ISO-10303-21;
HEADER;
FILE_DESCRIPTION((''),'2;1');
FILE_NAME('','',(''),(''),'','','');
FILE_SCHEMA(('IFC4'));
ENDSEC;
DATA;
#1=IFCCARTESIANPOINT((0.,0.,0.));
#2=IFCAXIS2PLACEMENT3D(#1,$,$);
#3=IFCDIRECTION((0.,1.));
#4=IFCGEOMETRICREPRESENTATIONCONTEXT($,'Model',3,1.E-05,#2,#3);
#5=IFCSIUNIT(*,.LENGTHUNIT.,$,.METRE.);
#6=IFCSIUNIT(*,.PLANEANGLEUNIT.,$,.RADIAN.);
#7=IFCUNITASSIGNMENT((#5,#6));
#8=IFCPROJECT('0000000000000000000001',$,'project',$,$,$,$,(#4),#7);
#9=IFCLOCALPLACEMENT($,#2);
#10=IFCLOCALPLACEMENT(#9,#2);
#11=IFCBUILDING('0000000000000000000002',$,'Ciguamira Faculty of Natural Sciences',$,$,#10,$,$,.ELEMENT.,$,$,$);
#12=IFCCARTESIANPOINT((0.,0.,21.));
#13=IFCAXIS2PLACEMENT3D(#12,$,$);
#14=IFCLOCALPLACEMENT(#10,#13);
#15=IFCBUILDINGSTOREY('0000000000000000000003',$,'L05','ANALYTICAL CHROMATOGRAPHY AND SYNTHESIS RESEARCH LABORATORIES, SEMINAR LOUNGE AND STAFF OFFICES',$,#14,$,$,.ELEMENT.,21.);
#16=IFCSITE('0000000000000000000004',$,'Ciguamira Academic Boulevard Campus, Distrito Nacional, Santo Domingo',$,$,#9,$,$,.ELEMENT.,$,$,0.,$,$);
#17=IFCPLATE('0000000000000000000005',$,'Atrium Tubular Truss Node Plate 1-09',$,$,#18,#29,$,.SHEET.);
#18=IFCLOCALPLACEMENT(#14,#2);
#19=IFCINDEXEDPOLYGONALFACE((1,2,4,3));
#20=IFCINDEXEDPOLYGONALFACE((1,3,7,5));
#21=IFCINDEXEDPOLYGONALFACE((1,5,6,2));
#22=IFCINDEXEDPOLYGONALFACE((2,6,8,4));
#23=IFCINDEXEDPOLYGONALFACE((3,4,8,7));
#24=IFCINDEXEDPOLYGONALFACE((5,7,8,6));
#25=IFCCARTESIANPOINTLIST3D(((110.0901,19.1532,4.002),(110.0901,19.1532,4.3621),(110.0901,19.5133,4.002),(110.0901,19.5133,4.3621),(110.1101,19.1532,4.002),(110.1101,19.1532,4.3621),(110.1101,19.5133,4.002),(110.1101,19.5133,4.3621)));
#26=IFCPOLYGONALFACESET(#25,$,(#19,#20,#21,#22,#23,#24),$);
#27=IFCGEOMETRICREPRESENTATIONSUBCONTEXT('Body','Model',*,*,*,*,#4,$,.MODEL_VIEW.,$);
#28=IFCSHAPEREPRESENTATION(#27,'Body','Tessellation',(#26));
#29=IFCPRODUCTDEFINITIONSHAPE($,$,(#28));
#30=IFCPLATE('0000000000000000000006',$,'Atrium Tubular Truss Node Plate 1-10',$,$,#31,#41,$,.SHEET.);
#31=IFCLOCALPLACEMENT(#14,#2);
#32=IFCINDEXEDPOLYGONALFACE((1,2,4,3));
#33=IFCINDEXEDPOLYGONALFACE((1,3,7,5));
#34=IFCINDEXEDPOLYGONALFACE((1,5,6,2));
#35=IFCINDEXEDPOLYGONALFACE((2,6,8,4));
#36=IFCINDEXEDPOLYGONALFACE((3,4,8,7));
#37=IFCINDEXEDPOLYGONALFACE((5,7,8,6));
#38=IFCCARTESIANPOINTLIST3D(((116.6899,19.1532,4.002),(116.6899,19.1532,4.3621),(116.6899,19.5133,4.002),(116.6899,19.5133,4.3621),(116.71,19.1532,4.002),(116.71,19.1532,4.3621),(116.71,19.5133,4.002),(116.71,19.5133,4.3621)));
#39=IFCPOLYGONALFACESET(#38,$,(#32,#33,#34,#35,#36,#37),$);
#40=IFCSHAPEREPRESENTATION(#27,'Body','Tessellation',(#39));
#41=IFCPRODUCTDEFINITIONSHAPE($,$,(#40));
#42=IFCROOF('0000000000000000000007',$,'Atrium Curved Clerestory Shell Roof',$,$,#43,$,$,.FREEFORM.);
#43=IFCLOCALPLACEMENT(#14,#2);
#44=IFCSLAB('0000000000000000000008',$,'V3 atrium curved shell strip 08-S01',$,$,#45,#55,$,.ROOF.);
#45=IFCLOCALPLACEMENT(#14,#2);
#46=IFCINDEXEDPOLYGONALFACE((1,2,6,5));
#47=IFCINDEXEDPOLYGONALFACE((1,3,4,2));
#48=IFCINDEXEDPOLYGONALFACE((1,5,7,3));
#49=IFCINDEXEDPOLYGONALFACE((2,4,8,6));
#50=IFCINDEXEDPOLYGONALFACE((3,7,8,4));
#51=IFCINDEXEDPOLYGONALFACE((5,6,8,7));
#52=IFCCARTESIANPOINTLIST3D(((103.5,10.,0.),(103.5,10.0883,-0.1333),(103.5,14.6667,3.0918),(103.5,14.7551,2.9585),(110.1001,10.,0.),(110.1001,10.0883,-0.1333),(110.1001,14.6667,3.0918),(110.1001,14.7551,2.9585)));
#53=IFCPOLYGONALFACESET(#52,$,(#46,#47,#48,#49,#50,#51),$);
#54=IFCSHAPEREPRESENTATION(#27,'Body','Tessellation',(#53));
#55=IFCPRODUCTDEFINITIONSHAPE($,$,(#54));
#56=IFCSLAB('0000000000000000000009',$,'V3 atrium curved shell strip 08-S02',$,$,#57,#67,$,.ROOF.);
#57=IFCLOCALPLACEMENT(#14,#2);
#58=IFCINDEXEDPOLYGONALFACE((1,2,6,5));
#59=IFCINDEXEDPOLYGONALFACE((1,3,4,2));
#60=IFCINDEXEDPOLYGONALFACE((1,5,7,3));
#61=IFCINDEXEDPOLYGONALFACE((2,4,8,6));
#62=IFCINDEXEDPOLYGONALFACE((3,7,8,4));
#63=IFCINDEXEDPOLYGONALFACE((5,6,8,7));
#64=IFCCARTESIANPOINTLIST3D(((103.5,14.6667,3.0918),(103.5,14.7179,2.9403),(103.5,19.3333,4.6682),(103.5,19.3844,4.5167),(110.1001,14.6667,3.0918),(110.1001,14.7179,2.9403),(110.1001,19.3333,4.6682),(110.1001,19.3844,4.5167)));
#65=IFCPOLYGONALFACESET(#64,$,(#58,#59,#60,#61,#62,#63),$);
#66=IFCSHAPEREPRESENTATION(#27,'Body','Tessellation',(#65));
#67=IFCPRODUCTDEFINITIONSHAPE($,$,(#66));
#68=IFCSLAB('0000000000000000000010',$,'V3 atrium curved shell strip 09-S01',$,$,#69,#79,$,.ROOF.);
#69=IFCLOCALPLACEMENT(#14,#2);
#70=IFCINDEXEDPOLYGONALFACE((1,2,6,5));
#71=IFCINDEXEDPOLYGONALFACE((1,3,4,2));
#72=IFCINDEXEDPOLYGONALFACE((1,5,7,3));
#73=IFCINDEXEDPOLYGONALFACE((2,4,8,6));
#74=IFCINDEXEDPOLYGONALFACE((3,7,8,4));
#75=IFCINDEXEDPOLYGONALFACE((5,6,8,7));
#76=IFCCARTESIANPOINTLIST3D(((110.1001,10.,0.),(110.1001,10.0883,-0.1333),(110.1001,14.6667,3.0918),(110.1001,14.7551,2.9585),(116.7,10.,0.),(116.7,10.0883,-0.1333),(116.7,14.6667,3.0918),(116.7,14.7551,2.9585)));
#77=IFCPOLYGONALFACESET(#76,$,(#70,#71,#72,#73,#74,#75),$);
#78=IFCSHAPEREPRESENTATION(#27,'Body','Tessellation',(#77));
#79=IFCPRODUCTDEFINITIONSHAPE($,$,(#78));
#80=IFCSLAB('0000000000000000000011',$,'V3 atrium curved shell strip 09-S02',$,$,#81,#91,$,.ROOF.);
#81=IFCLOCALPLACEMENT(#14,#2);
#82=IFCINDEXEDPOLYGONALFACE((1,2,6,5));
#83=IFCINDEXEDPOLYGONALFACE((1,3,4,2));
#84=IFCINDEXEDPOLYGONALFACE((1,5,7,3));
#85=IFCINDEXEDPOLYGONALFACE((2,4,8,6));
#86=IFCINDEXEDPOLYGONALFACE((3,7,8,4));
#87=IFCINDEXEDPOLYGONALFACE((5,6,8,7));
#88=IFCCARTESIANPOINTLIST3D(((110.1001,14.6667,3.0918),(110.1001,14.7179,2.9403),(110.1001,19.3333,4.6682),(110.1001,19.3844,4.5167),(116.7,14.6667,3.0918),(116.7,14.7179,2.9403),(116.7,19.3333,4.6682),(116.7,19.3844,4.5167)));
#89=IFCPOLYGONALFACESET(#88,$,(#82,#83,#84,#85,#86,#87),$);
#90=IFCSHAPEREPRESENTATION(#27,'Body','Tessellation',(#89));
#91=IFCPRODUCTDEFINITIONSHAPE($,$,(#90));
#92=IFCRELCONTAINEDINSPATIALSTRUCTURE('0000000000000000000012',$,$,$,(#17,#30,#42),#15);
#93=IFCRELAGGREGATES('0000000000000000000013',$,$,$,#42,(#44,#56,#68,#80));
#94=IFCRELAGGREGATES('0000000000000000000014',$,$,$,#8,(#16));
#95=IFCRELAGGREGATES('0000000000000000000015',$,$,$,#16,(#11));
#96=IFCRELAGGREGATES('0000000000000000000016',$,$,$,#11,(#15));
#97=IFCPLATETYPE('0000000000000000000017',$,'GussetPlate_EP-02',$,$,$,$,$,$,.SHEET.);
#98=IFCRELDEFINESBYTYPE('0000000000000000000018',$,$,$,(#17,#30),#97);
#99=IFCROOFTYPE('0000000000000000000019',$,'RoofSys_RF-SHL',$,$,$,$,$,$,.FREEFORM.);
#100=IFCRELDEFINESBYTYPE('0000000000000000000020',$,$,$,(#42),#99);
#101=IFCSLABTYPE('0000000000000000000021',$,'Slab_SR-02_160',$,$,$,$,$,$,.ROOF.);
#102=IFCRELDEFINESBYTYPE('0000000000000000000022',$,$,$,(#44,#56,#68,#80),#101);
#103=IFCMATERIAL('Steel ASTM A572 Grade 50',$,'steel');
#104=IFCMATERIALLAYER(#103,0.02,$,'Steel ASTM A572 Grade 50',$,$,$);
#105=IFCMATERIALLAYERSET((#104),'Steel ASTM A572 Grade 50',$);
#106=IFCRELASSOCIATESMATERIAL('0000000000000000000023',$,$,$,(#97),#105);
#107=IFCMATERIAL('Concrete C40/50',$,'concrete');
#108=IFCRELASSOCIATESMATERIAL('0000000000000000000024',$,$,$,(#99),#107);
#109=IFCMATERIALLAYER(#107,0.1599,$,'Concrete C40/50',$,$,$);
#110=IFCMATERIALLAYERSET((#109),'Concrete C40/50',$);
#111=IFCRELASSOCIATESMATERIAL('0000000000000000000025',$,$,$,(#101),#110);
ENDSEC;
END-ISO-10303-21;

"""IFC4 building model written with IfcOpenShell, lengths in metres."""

from ifc_helpers import new_model, si_unit, direction, frame, origin, origin_2d, place, context, subcontext, project, spatial, polyline, rectangle, outline, extrude, material, layer, layer_set, type_object, element, aggregate, save


model = new_model("IFC4")

# Units and contexts
model_context = context("Model", 3, precision=1e-05, world=origin(), true_north=direction((0.0, 1.0)))
body_context = subcontext(model_context, "Body", "Model", "MODEL_VIEW")
ifc_project = project(units=[si_unit("LENGTHUNIT", "METRE"), si_unit("PLANEANGLEUNIT", "RADIAN")], contexts=[model_context])

# Site, building, storey
site_placement = place(None, origin())
site = spatial("IfcSite", under=ifc_project, at=site_placement, Name="Ciguamira Academic Boulevard Campus, Distrito Nacional, Santo Domingo", CompositionType="ELEMENT", RefElevation=0.0)
building_placement = place(site_placement, origin())
building = spatial("IfcBuilding", under=site, at=building_placement, Name="Ciguamira Faculty of Natural Sciences", CompositionType="ELEMENT")
storey_placement = place(building_placement, frame((0.0, 0.0, 21.0)))
storey = spatial("IfcBuildingStorey", under=building, at=storey_placement, Name="L05", Description="ANALYTICAL CHROMATOGRAPHY AND SYNTHESIS RESEARCH LABORATORIES, SEMINAR LOUNGE AND STAFF OFFICES", CompositionType="ELEMENT", Elevation=21.0)

# Shared definitions
ifc_material_1 = material(Name="Concrete C40/50", Category="concrete")

# Plates
ifc_material_2 = material(Name="Steel ASTM A572 Grade 50", Category="steel")
ifc_layer_1 = layer(ifc_material_2, 0.02, Name="Steel ASTM A572 Grade 50")
ifc_layer_set_1 = layer_set([ifc_layer_1], Name="Steel ASTM A572 Grade 50")
plate_type = type_object("IfcPlateType", Name="GussetPlate_EP-02", PredefinedType="SHEET", material=ifc_layer_set_1)
for number, where, z_axis, x_axis, name in (
    (1, (110.1001, 19.3333, 4.002), (0.0, 0.0, 1.0), (1.0, 0.0, 0.0), "Atrium Tubular Truss Node Plate 1-09"),
    (2, (116.7, 19.3333, 4.002), (0.0, 0.0, 1.0), (1.0, 0.0, 0.0), "Atrium Tubular Truss Node Plate 1-10"),
):
    element("IfcPlate", number, at=place(storey_placement, frame(where, z_axis=z_axis, x_axis=x_axis)), inside=storey, type_object=plate_type, Name=name, PredefinedType="SHEET", context=body_context, shape_type="SweptSolid", body=[
        extrude(rectangle(XDim=0.02, YDim=0.3601, at=origin_2d()), origin(), (0.0, 0.0, 1.0), 0.3601),
    ])

# Roof, slabs
roof_type = type_object("IfcRoofType", Name="RoofSys_RF-SHL", PredefinedType="FREEFORM", material=ifc_material_1)
roof_placement = place(storey_placement, origin())
roof = element("IfcRoof", 3, at=roof_placement, inside=storey, type_object=roof_type, Name="Atrium Curved Clerestory Shell Roof", PredefinedType="FREEFORM")
ifc_layer_2 = layer(ifc_material_1, 0.1599, Name="Concrete C40/50")
ifc_layer_set_2 = layer_set([ifc_layer_2], Name="Concrete C40/50")
slab_type = type_object("IfcSlabType", Name="Slab_SR-02_160", PredefinedType="ROOF", material=ifc_layer_set_2)
slab_1_placement = place(storey_placement, frame((103.5, 10.0, 0.0), z_axis=(0.0, -0.552303, 0.833644), x_axis=(1.0, 0.0, 0.0)))
slab_1 = element("IfcSlab", 4, at=slab_1_placement, type_object=slab_type, Name="V3 atrium curved shell strip 08-S01", PredefinedType="ROOF", context=body_context, shape_type="SweptSolid", body=[
    extrude(outline(polyline([(0.0, 0.0), (6.6001, 0.0), (6.6001, 5.598), (0.0, 5.598), (0.0, 0.0)])), origin(), (0.0, 0.0, -1.0), 0.1599),
])
slab_2_placement = place(storey_placement, frame((103.5, 14.6667, 3.0918), z_axis=(0.0, -0.320047, 0.947402), x_axis=(1.0, 0.0, 0.0)))
slab_2 = element("IfcSlab", 5, at=slab_2_placement, type_object=slab_type, Name="V3 atrium curved shell strip 08-S02", PredefinedType="ROOF", context=body_context, shape_type="SweptSolid", body=[
    extrude(outline(polyline([(0.0, 0.0), (6.6001, 0.0), (6.6001, 4.9256), (0.0, 4.9256), (0.0, 0.0)])), origin(), (0.0, 0.0, -1.0), 0.1599),
])
slab_3_placement = place(storey_placement, frame((110.1001, 10.0, 0.0), z_axis=(0.0, -0.552303, 0.833644), x_axis=(1.0, 0.0, 0.0)))
slab_3 = element("IfcSlab", 6, at=slab_3_placement, type_object=slab_type, Name="V3 atrium curved shell strip 09-S01", PredefinedType="ROOF", context=body_context, shape_type="SweptSolid", body=[
    extrude(outline(polyline([(0.0, 0.0), (6.5999, 0.0), (6.5999, 5.598), (0.0, 5.598), (0.0, 0.0)])), origin(), (0.0, 0.0, -1.0), 0.1599),
])
slab_4_placement = place(storey_placement, frame((110.1001, 14.6667, 3.0918), z_axis=(0.0, -0.320047, 0.947402), x_axis=(1.0, 0.0, 0.0)))
slab_4 = element("IfcSlab", 7, at=slab_4_placement, type_object=slab_type, Name="V3 atrium curved shell strip 09-S02", PredefinedType="ROOF", context=body_context, shape_type="SweptSolid", body=[
    extrude(outline(polyline([(0.0, 0.0), (6.5999, 0.0), (6.5999, 4.9256), (0.0, 4.9256), (0.0, 0.0)])), origin(), (0.0, 0.0, -1.0), 0.1599),
])
aggregate(roof, [slab_1, slab_2, slab_3, slab_4])

save(model, "model.ifc")
